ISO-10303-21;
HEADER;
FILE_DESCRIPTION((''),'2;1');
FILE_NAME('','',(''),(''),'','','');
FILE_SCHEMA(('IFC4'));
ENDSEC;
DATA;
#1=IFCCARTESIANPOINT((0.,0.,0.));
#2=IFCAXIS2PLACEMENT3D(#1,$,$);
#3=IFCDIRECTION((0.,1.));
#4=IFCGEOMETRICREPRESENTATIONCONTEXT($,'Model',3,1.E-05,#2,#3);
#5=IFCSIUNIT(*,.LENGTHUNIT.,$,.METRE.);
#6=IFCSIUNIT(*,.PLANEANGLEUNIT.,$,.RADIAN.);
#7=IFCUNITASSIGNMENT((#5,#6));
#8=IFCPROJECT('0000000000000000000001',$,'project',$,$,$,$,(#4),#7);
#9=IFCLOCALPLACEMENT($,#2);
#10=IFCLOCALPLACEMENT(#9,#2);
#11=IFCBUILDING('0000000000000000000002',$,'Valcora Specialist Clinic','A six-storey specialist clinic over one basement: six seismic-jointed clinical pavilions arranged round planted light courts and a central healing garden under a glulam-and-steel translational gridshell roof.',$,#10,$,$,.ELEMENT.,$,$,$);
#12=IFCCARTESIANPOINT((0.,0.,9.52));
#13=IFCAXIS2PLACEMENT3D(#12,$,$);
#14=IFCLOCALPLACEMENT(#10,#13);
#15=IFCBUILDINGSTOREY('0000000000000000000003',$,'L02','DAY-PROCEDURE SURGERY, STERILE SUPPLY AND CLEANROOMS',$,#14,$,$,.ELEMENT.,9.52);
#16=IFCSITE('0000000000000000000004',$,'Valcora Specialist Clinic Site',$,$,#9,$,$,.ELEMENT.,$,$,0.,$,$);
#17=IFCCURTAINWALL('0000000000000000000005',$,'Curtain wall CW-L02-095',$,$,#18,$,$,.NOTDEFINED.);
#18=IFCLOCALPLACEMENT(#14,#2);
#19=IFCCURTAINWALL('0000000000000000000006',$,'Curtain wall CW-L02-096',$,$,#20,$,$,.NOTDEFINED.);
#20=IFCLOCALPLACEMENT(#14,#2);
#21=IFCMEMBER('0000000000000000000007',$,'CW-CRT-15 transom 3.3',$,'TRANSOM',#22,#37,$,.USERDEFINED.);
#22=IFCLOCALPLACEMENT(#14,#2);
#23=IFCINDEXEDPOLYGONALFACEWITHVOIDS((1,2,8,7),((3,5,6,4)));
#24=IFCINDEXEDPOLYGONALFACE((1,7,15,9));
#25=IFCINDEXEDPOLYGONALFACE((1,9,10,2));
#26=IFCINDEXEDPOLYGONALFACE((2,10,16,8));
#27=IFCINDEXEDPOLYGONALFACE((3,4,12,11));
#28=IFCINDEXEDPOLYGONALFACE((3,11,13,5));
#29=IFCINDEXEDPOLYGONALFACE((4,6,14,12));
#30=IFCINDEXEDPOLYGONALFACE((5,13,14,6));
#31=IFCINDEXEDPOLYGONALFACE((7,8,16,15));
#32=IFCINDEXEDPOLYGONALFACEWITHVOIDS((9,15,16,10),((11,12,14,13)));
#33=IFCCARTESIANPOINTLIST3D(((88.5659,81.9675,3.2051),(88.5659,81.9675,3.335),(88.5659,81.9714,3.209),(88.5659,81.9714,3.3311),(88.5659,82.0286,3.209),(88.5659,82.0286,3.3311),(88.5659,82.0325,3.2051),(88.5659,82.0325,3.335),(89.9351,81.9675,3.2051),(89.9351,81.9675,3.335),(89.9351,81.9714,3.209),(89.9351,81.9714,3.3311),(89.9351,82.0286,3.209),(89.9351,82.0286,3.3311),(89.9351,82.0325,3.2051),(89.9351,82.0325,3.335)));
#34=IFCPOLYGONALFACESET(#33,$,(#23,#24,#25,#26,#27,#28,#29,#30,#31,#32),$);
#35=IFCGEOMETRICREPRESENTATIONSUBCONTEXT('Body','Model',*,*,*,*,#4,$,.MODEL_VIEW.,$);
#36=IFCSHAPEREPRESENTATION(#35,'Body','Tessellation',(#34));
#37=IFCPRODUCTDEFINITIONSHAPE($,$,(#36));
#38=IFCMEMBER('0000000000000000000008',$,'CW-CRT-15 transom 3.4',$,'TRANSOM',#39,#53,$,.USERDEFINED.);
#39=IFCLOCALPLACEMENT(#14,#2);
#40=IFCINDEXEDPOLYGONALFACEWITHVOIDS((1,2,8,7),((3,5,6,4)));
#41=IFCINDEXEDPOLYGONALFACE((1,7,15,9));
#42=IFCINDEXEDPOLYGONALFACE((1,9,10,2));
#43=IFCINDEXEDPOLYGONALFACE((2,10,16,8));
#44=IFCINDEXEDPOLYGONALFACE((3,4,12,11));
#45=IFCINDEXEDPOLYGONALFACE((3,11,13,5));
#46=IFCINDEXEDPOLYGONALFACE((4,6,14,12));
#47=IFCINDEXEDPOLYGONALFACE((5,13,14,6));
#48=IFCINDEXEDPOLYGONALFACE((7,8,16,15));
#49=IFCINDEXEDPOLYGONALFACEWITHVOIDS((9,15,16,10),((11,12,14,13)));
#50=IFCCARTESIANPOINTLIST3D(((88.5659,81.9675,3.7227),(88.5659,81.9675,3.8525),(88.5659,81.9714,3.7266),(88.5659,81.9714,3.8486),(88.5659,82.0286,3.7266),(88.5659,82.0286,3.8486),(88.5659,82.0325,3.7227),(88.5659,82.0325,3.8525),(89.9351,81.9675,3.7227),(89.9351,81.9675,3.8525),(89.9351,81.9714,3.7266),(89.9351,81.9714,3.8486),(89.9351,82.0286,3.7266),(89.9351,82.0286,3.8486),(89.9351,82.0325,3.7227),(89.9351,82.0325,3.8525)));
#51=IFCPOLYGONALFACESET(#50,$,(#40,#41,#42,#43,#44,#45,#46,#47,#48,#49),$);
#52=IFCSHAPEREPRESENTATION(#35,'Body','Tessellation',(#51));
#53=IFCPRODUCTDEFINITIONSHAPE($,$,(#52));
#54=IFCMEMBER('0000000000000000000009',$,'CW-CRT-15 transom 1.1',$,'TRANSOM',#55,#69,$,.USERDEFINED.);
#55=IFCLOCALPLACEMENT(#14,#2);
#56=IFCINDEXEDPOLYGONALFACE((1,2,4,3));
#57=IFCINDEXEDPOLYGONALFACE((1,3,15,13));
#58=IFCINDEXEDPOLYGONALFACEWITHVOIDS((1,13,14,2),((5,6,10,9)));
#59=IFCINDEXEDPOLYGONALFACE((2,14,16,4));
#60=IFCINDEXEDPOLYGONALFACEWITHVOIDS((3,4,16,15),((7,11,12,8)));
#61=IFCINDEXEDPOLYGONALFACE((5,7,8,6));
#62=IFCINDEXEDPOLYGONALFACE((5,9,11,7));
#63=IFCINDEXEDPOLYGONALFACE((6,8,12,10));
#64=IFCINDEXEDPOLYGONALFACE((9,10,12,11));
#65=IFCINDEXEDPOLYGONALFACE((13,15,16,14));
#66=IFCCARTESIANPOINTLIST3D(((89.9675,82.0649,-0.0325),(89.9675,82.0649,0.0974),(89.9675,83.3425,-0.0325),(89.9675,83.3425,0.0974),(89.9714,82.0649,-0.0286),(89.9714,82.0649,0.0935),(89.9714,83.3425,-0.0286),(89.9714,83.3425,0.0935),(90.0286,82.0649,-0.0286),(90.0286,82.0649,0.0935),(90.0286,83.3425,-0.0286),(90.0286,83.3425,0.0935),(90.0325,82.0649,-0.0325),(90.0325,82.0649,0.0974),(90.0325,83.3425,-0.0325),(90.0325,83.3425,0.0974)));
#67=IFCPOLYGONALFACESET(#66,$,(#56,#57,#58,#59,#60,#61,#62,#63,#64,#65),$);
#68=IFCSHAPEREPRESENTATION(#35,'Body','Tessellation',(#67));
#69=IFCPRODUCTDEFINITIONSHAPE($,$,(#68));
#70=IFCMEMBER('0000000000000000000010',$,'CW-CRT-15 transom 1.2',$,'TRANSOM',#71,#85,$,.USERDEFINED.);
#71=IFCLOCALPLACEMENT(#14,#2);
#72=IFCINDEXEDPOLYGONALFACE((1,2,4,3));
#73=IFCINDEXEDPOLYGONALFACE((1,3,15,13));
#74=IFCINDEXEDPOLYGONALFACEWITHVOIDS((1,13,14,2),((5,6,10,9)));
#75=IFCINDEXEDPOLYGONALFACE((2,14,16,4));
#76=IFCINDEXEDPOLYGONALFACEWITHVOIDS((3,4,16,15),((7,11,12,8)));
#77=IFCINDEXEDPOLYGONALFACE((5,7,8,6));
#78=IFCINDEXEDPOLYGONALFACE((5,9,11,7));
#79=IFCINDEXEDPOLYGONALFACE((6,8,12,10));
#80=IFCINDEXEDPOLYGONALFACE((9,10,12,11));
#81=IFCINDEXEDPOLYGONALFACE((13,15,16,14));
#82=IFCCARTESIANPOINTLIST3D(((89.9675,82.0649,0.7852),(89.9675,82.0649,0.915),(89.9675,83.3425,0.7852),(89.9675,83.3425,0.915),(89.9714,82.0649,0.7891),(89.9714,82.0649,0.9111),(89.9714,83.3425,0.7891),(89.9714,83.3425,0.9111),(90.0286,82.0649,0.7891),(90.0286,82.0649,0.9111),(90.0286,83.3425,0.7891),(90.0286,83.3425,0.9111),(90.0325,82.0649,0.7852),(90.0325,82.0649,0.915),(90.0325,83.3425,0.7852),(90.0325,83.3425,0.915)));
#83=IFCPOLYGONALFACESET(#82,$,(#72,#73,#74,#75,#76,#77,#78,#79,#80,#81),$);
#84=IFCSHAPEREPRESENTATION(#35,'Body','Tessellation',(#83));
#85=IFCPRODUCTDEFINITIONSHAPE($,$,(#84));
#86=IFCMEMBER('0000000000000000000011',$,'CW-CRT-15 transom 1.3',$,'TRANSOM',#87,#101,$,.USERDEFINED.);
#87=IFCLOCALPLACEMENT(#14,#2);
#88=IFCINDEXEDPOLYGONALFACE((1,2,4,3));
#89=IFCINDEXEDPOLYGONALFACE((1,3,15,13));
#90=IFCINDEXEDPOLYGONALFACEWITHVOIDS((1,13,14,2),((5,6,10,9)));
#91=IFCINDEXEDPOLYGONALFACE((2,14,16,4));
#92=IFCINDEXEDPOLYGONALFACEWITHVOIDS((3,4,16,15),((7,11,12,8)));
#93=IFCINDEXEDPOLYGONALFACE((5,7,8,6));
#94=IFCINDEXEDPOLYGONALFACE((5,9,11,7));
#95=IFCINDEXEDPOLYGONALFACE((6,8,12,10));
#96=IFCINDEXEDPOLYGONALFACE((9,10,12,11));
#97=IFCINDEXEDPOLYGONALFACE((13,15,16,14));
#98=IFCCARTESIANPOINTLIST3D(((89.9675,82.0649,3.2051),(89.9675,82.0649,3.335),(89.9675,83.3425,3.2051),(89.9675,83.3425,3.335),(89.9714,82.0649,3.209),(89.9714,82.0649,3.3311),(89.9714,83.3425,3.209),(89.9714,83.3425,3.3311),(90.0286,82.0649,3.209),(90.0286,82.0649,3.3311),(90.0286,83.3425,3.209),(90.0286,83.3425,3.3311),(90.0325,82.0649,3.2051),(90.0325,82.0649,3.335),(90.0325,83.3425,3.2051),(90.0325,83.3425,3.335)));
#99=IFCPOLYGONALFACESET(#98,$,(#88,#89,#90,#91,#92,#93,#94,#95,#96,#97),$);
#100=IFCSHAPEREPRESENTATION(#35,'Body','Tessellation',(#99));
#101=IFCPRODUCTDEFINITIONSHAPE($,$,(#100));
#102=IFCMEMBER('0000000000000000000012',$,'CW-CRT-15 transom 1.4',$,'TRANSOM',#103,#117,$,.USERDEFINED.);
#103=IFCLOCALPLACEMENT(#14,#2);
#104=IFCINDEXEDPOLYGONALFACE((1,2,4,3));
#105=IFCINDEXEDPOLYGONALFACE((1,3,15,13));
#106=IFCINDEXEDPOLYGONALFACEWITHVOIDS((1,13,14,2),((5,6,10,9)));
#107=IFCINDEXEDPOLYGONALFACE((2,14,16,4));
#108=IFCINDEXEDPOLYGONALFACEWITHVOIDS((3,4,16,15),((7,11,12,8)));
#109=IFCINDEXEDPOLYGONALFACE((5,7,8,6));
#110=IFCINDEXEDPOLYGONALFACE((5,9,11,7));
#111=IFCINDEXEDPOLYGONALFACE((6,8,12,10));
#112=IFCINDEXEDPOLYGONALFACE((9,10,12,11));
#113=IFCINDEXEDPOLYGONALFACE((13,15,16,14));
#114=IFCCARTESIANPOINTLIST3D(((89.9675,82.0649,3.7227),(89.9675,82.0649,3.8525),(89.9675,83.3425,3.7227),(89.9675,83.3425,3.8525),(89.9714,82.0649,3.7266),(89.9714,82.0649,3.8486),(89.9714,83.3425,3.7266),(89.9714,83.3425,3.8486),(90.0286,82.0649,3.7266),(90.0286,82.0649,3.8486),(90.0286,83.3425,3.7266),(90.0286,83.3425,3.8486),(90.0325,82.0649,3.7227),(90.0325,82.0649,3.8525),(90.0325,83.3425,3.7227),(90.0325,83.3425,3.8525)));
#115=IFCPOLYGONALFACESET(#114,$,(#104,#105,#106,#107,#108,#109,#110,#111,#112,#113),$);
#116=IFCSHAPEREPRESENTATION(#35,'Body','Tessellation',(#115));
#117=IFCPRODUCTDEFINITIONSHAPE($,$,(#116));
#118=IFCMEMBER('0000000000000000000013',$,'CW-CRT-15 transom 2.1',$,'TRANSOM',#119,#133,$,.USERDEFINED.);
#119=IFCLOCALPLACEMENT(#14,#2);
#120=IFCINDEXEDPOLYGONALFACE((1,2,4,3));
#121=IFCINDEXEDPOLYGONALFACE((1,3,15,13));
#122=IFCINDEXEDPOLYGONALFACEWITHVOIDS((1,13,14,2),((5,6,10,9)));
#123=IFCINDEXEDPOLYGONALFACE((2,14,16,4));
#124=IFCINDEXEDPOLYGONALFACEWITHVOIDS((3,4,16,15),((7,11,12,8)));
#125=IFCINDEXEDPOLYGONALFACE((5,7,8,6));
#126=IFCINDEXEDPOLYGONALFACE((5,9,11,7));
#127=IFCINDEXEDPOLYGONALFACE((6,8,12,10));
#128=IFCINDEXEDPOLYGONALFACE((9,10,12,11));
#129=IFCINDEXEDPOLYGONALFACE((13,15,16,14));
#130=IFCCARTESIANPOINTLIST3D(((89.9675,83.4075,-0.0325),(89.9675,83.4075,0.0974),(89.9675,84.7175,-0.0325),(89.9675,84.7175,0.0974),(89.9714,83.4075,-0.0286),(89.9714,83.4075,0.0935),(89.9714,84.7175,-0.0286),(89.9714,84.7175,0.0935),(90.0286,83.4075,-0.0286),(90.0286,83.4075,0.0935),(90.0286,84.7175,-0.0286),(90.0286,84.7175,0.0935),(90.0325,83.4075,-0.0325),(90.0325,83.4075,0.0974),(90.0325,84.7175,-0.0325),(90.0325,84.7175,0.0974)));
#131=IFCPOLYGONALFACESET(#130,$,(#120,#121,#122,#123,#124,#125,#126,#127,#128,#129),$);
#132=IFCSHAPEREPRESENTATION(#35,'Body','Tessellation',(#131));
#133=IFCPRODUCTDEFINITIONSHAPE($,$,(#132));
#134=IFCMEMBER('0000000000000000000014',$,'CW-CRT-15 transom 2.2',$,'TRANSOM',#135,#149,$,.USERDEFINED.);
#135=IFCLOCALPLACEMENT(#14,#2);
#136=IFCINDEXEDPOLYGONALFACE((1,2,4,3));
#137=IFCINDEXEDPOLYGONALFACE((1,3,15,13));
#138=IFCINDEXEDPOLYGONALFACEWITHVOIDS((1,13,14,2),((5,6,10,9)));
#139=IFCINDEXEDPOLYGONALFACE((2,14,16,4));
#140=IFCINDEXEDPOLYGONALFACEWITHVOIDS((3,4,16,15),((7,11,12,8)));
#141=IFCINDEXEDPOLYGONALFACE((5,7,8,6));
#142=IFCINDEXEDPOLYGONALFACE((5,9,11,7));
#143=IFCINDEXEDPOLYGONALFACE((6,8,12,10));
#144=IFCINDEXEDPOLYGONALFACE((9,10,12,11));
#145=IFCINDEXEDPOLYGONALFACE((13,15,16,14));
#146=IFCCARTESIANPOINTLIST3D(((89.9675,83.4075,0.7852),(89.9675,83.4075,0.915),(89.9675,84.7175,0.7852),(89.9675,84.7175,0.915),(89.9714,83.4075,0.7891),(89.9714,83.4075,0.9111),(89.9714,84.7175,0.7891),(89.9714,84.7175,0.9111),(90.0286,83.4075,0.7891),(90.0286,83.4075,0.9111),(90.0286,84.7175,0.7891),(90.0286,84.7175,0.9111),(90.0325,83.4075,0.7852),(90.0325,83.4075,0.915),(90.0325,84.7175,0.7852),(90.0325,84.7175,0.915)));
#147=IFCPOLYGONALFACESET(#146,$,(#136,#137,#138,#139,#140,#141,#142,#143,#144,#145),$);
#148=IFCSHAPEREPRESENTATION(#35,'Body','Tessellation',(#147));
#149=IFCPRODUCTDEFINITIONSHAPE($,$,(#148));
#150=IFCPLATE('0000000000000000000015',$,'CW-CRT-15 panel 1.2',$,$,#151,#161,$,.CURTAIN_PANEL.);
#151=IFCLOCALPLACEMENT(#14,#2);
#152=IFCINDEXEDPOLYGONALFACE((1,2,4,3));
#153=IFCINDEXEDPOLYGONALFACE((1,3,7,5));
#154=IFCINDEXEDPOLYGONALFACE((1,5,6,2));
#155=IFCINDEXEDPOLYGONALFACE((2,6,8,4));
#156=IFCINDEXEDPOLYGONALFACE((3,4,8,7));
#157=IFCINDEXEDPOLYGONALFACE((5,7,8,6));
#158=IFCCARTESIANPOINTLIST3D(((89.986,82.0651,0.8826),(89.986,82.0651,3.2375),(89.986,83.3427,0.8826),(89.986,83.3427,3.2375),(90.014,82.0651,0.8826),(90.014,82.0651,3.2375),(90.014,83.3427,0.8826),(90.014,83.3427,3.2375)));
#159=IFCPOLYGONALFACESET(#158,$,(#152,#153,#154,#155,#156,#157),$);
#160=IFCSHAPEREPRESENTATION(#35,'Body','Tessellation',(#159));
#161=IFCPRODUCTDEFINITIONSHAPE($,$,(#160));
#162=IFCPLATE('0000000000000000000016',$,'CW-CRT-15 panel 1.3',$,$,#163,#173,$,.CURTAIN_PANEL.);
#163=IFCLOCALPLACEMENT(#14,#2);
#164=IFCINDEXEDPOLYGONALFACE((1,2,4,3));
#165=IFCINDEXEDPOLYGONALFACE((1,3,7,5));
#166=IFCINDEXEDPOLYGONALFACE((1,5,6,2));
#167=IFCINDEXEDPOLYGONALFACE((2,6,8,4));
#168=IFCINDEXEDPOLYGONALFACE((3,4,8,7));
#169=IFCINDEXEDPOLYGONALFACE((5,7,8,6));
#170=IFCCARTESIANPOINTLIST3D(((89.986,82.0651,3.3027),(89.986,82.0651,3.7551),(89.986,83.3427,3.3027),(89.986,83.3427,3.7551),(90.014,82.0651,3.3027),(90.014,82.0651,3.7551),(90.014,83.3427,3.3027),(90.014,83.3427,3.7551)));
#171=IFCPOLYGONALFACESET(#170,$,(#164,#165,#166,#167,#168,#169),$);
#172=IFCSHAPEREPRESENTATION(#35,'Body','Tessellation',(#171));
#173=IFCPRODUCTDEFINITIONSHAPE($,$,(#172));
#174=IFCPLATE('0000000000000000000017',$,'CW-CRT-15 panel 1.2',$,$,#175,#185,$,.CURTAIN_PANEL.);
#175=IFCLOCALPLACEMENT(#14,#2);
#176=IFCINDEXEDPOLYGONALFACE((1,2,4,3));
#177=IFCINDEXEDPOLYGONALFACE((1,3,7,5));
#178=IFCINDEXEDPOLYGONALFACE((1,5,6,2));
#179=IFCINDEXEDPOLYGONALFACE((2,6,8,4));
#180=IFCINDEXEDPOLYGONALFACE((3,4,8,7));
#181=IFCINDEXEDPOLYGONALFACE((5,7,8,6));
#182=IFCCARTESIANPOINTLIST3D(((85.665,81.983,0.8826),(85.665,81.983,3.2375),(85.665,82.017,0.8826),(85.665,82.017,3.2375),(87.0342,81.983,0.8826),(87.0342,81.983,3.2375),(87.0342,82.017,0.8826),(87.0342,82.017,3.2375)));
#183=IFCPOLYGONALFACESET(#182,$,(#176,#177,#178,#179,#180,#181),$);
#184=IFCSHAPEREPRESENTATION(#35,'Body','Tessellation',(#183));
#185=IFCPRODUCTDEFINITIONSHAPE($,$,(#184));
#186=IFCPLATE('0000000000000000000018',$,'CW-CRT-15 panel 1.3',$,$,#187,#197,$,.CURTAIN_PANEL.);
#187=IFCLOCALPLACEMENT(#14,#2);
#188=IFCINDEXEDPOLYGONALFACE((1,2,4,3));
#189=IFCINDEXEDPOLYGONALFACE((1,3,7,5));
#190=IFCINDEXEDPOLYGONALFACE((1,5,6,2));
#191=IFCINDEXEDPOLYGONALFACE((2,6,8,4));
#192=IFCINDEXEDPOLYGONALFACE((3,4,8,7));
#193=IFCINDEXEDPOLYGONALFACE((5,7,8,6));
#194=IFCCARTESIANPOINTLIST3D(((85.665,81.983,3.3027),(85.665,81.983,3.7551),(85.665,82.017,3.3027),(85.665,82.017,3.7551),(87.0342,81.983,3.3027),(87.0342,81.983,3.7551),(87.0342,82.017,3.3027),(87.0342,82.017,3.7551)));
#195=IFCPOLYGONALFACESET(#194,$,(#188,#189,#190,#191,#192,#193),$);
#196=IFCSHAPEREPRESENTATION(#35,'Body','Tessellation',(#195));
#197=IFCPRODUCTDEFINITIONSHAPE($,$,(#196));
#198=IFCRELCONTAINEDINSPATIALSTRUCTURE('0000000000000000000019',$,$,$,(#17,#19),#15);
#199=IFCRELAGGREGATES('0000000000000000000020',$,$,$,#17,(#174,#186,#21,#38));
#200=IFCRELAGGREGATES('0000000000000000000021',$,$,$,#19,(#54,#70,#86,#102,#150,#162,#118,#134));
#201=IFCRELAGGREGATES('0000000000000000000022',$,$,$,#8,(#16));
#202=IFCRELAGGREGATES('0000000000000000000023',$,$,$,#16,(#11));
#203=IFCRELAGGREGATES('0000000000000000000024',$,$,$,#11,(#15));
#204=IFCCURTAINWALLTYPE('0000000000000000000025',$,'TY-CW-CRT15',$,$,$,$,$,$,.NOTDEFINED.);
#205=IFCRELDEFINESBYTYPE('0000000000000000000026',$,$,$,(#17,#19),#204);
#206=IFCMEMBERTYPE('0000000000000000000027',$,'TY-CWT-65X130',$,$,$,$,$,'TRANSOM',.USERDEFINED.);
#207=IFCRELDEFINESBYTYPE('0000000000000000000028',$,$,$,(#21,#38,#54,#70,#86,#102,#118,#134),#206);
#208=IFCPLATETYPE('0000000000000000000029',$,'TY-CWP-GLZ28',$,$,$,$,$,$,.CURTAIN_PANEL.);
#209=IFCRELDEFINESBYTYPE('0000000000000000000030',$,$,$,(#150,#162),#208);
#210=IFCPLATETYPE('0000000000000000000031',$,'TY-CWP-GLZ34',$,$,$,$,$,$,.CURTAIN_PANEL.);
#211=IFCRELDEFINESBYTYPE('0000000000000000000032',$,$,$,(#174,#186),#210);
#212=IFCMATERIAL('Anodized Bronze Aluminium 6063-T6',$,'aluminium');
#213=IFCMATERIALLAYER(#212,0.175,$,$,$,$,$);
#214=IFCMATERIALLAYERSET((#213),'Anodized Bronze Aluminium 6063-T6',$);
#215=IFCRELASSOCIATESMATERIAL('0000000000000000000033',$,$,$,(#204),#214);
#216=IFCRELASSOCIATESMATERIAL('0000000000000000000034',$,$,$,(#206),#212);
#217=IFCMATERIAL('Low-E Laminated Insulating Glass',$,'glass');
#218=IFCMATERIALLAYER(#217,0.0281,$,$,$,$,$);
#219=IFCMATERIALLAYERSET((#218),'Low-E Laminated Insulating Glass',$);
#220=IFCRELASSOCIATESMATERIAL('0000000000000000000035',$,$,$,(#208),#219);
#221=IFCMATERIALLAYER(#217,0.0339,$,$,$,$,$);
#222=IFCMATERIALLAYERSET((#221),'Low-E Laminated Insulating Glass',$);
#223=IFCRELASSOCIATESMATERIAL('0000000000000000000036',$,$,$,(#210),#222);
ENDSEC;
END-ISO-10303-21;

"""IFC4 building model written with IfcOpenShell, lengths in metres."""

from ifc_helpers import new_model, si_unit, direction, frame, origin, origin_2d, place, context, subcontext, project, spatial, rectangle, hollow_rectangle, extrude, material, layer, layer_set, material_profile, profile_set, type_object, element, aggregate, save


model = new_model("IFC4")

# Units and contexts
model_context = context("Model", 3, precision=1e-05, world=origin(), true_north=direction((0.0, 1.0)))
body_context = subcontext(model_context, "Body", "Model", "MODEL_VIEW")
ifc_project = project(units=[si_unit("LENGTHUNIT", "METRE"), si_unit("PLANEANGLEUNIT", "RADIAN")], contexts=[model_context])

# Site, building, storey
site_placement = place(None, origin())
site = spatial("IfcSite", under=ifc_project, at=site_placement, Name="Valcora Specialist Clinic Site", CompositionType="ELEMENT", RefElevation=0.0)
building_placement = place(site_placement, origin())
building = spatial("IfcBuilding", under=site, at=building_placement, Name="Valcora Specialist Clinic", Description="A six-storey specialist clinic over one basement: six seismic-jointed clinical pavilions arranged round planted light courts and a central healing garden under a glulam-and-steel translational gridshell roof.", CompositionType="ELEMENT")
storey_placement = place(building_placement, frame((0.0, 0.0, 9.52)))
storey = spatial("IfcBuildingStorey", under=building, at=storey_placement, Name="L02", Description="DAY-PROCEDURE SURGERY, STERILE SUPPLY AND CLEANROOMS", CompositionType="ELEMENT", Elevation=9.52)

# Curtain walls
ifc_material_1 = material(Name="Anodized Bronze Aluminium 6063-T6", Category="aluminium")
ifc_layer_1 = layer(ifc_material_1, 0.175)
ifc_layer_set_1 = layer_set([ifc_layer_1], Name="Anodized Bronze Aluminium 6063-T6")
curtain_wall_type = type_object("IfcCurtainWallType", Name="TY-CW-CRT15", PredefinedType="NOTDEFINED", material=ifc_layer_set_1)
curtain_wall_1_placement = place(storey_placement, origin())
curtain_wall_1 = element("IfcCurtainWall", 1, at=curtain_wall_1_placement, inside=storey, type_object=curtain_wall_type, Name="Curtain wall CW-L02-095", PredefinedType="NOTDEFINED")
curtain_wall_2_placement = place(storey_placement, origin())
curtain_wall_2 = element("IfcCurtainWall", 2, at=curtain_wall_2_placement, inside=storey, type_object=curtain_wall_type, Name="Curtain wall CW-L02-096", PredefinedType="NOTDEFINED")

# Members
ifc_material_profile_1 = material_profile(ifc_material_1, hollow_rectangle(XDim=0.0649, YDim=0.1299, WallThickness=0.0039, at=origin_2d()), Name="AL-TRN-65X130")
ifc_profile_set_1 = profile_set([ifc_material_profile_1], Name="Anodized Bronze Aluminium 6063-T6")
member_type_1 = type_object("IfcMemberType", Name="TY-CWT-65X130", ElementType="TRANSOM", PredefinedType="USERDEFINED", material=ifc_profile_set_1)
member_1_placement = place(storey_placement, frame((88.5659, 82.0, 3.27), z_axis=(1.0, 0.0, 0.0), x_axis=(0.0, 1.0, 0.0)))
member_1 = element("IfcMember", 3, at=member_1_placement, type_object=member_type_1, Name="CW-CRT-15 transom 3.3", ObjectType="TRANSOM", PredefinedType="USERDEFINED", context=body_context, shape_type="SweptSolid", body=[
    extrude(hollow_rectangle(XDim=0.0649, YDim=0.1299, WallThickness=0.0039, at=origin_2d()), origin(), (0.0, 0.0, 1.0), 1.3691),
])
member_2_placement = place(storey_placement, frame((88.5659, 82.0, 3.7876), z_axis=(1.0, 0.0, 0.0), x_axis=(0.0, 1.0, 0.0)))
member_2 = element("IfcMember", 4, at=member_2_placement, type_object=member_type_1, Name="CW-CRT-15 transom 3.4", ObjectType="TRANSOM", PredefinedType="USERDEFINED", context=body_context, shape_type="SweptSolid", body=[
    extrude(hollow_rectangle(XDim=0.0649, YDim=0.1299, WallThickness=0.0039, at=origin_2d()), origin(), (0.0, 0.0, 1.0), 1.3691),
])
member_3_placement = place(storey_placement, frame((90.0, 82.0649, 0.0325), z_axis=(0.0, 1.0, 0.0), x_axis=(-1.0, 0.0, 0.0)))
member_3 = element("IfcMember", 5, at=member_3_placement, type_object=member_type_1, Name="CW-CRT-15 transom 1.1", ObjectType="TRANSOM", PredefinedType="USERDEFINED", context=body_context, shape_type="SweptSolid", body=[
    extrude(hollow_rectangle(XDim=0.0649, YDim=0.1299, WallThickness=0.0039, at=origin_2d()), origin(), (0.0, 0.0, 1.0), 1.2776),
])
member_4_placement = place(storey_placement, frame((90.0, 82.0649, 0.8501), z_axis=(0.0, 1.0, 0.0), x_axis=(-1.0, 0.0, 0.0)))
member_4 = element("IfcMember", 6, at=member_4_placement, type_object=member_type_1, Name="CW-CRT-15 transom 1.2", ObjectType="TRANSOM", PredefinedType="USERDEFINED", context=body_context, shape_type="SweptSolid", body=[
    extrude(hollow_rectangle(XDim=0.0649, YDim=0.1299, WallThickness=0.0039, at=origin_2d()), origin(), (0.0, 0.0, 1.0), 1.2776),
])
member_5_placement = place(storey_placement, frame((90.0, 82.0649, 3.27), z_axis=(0.0, 1.0, 0.0), x_axis=(-1.0, 0.0, 0.0)))
member_5 = element("IfcMember", 7, at=member_5_placement, type_object=member_type_1, Name="CW-CRT-15 transom 1.3", ObjectType="TRANSOM", PredefinedType="USERDEFINED", context=body_context, shape_type="SweptSolid", body=[
    extrude(hollow_rectangle(XDim=0.0649, YDim=0.1299, WallThickness=0.0039, at=origin_2d()), origin(), (0.0, 0.0, 1.0), 1.2776),
])
member_6_placement = place(storey_placement, frame((90.0, 82.0649, 3.7876), z_axis=(0.0, 1.0, 0.0), x_axis=(-1.0, 0.0, 0.0)))
member_6 = element("IfcMember", 8, at=member_6_placement, type_object=member_type_1, Name="CW-CRT-15 transom 1.4", ObjectType="TRANSOM", PredefinedType="USERDEFINED", context=body_context, shape_type="SweptSolid", body=[
    extrude(hollow_rectangle(XDim=0.0649, YDim=0.1299, WallThickness=0.0039, at=origin_2d()), origin(), (0.0, 0.0, 1.0), 1.2776),
])
member_7_placement = place(storey_placement, frame((90.0, 83.4075, 0.0325), z_axis=(0.0, 1.0, 0.0), x_axis=(-1.0, 0.0, 0.0)))
member_7 = element("IfcMember", 9, at=member_7_placement, type_object=member_type_1, Name="CW-CRT-15 transom 2.1", ObjectType="TRANSOM", PredefinedType="USERDEFINED", context=body_context, shape_type="SweptSolid", body=[
    extrude(hollow_rectangle(XDim=0.0649, YDim=0.1299, WallThickness=0.0039, at=origin_2d()), origin(), (0.0, 0.0, 1.0), 1.3101),
])
member_8_placement = place(storey_placement, frame((90.0, 83.4075, 0.8501), z_axis=(0.0, 1.0, 0.0), x_axis=(-1.0, 0.0, 0.0)))
member_8 = element("IfcMember", 10, at=member_8_placement, type_object=member_type_1, Name="CW-CRT-15 transom 2.2", ObjectType="TRANSOM", PredefinedType="USERDEFINED", context=body_context, shape_type="SweptSolid", body=[
    extrude(hollow_rectangle(XDim=0.0649, YDim=0.1299, WallThickness=0.0039, at=origin_2d()), origin(), (0.0, 0.0, 1.0), 1.3101),
])

# Plates
ifc_material_2 = material(Name="Low-E Laminated Insulating Glass", Category="glass")
ifc_layer_2 = layer(ifc_material_2, 0.0281)
ifc_layer_set_2 = layer_set([ifc_layer_2], Name="Low-E Laminated Insulating Glass")
plate_type_1 = type_object("IfcPlateType", Name="TY-CWP-GLZ28", PredefinedType="CURTAIN_PANEL", material=ifc_layer_set_2)
plate_1_placement = place(storey_placement, frame((90.0, 82.7039, 0.8826), z_axis=(0.0, 0.0, 1.0), x_axis=(0.0, 1.0, 0.0)))
plate_1 = element("IfcPlate", 11, at=plate_1_placement, type_object=plate_type_1, Name="CW-CRT-15 panel 1.2", PredefinedType="CURTAIN_PANEL", context=body_context, shape_type="SweptSolid", body=[
    extrude(rectangle(XDim=1.2776, YDim=0.0281, at=origin_2d()), origin(), (0.0, 0.0, 1.0), 2.355),
])
plate_2_placement = place(storey_placement, frame((90.0, 82.7039, 3.3027), z_axis=(0.0, 0.0, 1.0), x_axis=(0.0, 1.0, 0.0)))
plate_2 = element("IfcPlate", 12, at=plate_2_placement, type_object=plate_type_1, Name="CW-CRT-15 panel 1.3", PredefinedType="CURTAIN_PANEL", context=body_context, shape_type="SweptSolid", body=[
    extrude(rectangle(XDim=1.2776, YDim=0.0281, at=origin_2d()), origin(), (0.0, 0.0, 1.0), 0.4524),
])
ifc_layer_3 = layer(ifc_material_2, 0.0339)
ifc_layer_set_3 = layer_set([ifc_layer_3], Name="Low-E Laminated Insulating Glass")
plate_type_2 = type_object("IfcPlateType", Name="TY-CWP-GLZ34", PredefinedType="CURTAIN_PANEL", material=ifc_layer_set_3)
plate_3_placement = place(storey_placement, frame((86.3496, 82.0, 0.8826), z_axis=(0.0, 0.0, 1.0), x_axis=(1.0, 0.0, 0.0)))
plate_3 = element("IfcPlate", 13, at=plate_3_placement, type_object=plate_type_2, Name="CW-CRT-15 panel 1.2", PredefinedType="CURTAIN_PANEL", context=body_context, shape_type="SweptSolid", body=[
    extrude(rectangle(XDim=1.3691, YDim=0.0339, at=origin_2d()), origin(), (0.0, 0.0, 1.0), 2.355),
])
plate_4_placement = place(storey_placement, frame((86.3496, 82.0, 3.3027), z_axis=(0.0, 0.0, 1.0), x_axis=(1.0, 0.0, 0.0)))
plate_4 = element("IfcPlate", 14, at=plate_4_placement, type_object=plate_type_2, Name="CW-CRT-15 panel 1.3", PredefinedType="CURTAIN_PANEL", context=body_context, shape_type="SweptSolid", body=[
    extrude(rectangle(XDim=1.3691, YDim=0.0339, at=origin_2d()), origin(), (0.0, 0.0, 1.0), 0.4524),
])
aggregate(curtain_wall_1, [plate_3, plate_4, member_1, member_2])
aggregate(curtain_wall_2, [member_3, member_4, member_5, member_6, plate_1, plate_2, member_7, member_8])

save(model, "model.ifc")
